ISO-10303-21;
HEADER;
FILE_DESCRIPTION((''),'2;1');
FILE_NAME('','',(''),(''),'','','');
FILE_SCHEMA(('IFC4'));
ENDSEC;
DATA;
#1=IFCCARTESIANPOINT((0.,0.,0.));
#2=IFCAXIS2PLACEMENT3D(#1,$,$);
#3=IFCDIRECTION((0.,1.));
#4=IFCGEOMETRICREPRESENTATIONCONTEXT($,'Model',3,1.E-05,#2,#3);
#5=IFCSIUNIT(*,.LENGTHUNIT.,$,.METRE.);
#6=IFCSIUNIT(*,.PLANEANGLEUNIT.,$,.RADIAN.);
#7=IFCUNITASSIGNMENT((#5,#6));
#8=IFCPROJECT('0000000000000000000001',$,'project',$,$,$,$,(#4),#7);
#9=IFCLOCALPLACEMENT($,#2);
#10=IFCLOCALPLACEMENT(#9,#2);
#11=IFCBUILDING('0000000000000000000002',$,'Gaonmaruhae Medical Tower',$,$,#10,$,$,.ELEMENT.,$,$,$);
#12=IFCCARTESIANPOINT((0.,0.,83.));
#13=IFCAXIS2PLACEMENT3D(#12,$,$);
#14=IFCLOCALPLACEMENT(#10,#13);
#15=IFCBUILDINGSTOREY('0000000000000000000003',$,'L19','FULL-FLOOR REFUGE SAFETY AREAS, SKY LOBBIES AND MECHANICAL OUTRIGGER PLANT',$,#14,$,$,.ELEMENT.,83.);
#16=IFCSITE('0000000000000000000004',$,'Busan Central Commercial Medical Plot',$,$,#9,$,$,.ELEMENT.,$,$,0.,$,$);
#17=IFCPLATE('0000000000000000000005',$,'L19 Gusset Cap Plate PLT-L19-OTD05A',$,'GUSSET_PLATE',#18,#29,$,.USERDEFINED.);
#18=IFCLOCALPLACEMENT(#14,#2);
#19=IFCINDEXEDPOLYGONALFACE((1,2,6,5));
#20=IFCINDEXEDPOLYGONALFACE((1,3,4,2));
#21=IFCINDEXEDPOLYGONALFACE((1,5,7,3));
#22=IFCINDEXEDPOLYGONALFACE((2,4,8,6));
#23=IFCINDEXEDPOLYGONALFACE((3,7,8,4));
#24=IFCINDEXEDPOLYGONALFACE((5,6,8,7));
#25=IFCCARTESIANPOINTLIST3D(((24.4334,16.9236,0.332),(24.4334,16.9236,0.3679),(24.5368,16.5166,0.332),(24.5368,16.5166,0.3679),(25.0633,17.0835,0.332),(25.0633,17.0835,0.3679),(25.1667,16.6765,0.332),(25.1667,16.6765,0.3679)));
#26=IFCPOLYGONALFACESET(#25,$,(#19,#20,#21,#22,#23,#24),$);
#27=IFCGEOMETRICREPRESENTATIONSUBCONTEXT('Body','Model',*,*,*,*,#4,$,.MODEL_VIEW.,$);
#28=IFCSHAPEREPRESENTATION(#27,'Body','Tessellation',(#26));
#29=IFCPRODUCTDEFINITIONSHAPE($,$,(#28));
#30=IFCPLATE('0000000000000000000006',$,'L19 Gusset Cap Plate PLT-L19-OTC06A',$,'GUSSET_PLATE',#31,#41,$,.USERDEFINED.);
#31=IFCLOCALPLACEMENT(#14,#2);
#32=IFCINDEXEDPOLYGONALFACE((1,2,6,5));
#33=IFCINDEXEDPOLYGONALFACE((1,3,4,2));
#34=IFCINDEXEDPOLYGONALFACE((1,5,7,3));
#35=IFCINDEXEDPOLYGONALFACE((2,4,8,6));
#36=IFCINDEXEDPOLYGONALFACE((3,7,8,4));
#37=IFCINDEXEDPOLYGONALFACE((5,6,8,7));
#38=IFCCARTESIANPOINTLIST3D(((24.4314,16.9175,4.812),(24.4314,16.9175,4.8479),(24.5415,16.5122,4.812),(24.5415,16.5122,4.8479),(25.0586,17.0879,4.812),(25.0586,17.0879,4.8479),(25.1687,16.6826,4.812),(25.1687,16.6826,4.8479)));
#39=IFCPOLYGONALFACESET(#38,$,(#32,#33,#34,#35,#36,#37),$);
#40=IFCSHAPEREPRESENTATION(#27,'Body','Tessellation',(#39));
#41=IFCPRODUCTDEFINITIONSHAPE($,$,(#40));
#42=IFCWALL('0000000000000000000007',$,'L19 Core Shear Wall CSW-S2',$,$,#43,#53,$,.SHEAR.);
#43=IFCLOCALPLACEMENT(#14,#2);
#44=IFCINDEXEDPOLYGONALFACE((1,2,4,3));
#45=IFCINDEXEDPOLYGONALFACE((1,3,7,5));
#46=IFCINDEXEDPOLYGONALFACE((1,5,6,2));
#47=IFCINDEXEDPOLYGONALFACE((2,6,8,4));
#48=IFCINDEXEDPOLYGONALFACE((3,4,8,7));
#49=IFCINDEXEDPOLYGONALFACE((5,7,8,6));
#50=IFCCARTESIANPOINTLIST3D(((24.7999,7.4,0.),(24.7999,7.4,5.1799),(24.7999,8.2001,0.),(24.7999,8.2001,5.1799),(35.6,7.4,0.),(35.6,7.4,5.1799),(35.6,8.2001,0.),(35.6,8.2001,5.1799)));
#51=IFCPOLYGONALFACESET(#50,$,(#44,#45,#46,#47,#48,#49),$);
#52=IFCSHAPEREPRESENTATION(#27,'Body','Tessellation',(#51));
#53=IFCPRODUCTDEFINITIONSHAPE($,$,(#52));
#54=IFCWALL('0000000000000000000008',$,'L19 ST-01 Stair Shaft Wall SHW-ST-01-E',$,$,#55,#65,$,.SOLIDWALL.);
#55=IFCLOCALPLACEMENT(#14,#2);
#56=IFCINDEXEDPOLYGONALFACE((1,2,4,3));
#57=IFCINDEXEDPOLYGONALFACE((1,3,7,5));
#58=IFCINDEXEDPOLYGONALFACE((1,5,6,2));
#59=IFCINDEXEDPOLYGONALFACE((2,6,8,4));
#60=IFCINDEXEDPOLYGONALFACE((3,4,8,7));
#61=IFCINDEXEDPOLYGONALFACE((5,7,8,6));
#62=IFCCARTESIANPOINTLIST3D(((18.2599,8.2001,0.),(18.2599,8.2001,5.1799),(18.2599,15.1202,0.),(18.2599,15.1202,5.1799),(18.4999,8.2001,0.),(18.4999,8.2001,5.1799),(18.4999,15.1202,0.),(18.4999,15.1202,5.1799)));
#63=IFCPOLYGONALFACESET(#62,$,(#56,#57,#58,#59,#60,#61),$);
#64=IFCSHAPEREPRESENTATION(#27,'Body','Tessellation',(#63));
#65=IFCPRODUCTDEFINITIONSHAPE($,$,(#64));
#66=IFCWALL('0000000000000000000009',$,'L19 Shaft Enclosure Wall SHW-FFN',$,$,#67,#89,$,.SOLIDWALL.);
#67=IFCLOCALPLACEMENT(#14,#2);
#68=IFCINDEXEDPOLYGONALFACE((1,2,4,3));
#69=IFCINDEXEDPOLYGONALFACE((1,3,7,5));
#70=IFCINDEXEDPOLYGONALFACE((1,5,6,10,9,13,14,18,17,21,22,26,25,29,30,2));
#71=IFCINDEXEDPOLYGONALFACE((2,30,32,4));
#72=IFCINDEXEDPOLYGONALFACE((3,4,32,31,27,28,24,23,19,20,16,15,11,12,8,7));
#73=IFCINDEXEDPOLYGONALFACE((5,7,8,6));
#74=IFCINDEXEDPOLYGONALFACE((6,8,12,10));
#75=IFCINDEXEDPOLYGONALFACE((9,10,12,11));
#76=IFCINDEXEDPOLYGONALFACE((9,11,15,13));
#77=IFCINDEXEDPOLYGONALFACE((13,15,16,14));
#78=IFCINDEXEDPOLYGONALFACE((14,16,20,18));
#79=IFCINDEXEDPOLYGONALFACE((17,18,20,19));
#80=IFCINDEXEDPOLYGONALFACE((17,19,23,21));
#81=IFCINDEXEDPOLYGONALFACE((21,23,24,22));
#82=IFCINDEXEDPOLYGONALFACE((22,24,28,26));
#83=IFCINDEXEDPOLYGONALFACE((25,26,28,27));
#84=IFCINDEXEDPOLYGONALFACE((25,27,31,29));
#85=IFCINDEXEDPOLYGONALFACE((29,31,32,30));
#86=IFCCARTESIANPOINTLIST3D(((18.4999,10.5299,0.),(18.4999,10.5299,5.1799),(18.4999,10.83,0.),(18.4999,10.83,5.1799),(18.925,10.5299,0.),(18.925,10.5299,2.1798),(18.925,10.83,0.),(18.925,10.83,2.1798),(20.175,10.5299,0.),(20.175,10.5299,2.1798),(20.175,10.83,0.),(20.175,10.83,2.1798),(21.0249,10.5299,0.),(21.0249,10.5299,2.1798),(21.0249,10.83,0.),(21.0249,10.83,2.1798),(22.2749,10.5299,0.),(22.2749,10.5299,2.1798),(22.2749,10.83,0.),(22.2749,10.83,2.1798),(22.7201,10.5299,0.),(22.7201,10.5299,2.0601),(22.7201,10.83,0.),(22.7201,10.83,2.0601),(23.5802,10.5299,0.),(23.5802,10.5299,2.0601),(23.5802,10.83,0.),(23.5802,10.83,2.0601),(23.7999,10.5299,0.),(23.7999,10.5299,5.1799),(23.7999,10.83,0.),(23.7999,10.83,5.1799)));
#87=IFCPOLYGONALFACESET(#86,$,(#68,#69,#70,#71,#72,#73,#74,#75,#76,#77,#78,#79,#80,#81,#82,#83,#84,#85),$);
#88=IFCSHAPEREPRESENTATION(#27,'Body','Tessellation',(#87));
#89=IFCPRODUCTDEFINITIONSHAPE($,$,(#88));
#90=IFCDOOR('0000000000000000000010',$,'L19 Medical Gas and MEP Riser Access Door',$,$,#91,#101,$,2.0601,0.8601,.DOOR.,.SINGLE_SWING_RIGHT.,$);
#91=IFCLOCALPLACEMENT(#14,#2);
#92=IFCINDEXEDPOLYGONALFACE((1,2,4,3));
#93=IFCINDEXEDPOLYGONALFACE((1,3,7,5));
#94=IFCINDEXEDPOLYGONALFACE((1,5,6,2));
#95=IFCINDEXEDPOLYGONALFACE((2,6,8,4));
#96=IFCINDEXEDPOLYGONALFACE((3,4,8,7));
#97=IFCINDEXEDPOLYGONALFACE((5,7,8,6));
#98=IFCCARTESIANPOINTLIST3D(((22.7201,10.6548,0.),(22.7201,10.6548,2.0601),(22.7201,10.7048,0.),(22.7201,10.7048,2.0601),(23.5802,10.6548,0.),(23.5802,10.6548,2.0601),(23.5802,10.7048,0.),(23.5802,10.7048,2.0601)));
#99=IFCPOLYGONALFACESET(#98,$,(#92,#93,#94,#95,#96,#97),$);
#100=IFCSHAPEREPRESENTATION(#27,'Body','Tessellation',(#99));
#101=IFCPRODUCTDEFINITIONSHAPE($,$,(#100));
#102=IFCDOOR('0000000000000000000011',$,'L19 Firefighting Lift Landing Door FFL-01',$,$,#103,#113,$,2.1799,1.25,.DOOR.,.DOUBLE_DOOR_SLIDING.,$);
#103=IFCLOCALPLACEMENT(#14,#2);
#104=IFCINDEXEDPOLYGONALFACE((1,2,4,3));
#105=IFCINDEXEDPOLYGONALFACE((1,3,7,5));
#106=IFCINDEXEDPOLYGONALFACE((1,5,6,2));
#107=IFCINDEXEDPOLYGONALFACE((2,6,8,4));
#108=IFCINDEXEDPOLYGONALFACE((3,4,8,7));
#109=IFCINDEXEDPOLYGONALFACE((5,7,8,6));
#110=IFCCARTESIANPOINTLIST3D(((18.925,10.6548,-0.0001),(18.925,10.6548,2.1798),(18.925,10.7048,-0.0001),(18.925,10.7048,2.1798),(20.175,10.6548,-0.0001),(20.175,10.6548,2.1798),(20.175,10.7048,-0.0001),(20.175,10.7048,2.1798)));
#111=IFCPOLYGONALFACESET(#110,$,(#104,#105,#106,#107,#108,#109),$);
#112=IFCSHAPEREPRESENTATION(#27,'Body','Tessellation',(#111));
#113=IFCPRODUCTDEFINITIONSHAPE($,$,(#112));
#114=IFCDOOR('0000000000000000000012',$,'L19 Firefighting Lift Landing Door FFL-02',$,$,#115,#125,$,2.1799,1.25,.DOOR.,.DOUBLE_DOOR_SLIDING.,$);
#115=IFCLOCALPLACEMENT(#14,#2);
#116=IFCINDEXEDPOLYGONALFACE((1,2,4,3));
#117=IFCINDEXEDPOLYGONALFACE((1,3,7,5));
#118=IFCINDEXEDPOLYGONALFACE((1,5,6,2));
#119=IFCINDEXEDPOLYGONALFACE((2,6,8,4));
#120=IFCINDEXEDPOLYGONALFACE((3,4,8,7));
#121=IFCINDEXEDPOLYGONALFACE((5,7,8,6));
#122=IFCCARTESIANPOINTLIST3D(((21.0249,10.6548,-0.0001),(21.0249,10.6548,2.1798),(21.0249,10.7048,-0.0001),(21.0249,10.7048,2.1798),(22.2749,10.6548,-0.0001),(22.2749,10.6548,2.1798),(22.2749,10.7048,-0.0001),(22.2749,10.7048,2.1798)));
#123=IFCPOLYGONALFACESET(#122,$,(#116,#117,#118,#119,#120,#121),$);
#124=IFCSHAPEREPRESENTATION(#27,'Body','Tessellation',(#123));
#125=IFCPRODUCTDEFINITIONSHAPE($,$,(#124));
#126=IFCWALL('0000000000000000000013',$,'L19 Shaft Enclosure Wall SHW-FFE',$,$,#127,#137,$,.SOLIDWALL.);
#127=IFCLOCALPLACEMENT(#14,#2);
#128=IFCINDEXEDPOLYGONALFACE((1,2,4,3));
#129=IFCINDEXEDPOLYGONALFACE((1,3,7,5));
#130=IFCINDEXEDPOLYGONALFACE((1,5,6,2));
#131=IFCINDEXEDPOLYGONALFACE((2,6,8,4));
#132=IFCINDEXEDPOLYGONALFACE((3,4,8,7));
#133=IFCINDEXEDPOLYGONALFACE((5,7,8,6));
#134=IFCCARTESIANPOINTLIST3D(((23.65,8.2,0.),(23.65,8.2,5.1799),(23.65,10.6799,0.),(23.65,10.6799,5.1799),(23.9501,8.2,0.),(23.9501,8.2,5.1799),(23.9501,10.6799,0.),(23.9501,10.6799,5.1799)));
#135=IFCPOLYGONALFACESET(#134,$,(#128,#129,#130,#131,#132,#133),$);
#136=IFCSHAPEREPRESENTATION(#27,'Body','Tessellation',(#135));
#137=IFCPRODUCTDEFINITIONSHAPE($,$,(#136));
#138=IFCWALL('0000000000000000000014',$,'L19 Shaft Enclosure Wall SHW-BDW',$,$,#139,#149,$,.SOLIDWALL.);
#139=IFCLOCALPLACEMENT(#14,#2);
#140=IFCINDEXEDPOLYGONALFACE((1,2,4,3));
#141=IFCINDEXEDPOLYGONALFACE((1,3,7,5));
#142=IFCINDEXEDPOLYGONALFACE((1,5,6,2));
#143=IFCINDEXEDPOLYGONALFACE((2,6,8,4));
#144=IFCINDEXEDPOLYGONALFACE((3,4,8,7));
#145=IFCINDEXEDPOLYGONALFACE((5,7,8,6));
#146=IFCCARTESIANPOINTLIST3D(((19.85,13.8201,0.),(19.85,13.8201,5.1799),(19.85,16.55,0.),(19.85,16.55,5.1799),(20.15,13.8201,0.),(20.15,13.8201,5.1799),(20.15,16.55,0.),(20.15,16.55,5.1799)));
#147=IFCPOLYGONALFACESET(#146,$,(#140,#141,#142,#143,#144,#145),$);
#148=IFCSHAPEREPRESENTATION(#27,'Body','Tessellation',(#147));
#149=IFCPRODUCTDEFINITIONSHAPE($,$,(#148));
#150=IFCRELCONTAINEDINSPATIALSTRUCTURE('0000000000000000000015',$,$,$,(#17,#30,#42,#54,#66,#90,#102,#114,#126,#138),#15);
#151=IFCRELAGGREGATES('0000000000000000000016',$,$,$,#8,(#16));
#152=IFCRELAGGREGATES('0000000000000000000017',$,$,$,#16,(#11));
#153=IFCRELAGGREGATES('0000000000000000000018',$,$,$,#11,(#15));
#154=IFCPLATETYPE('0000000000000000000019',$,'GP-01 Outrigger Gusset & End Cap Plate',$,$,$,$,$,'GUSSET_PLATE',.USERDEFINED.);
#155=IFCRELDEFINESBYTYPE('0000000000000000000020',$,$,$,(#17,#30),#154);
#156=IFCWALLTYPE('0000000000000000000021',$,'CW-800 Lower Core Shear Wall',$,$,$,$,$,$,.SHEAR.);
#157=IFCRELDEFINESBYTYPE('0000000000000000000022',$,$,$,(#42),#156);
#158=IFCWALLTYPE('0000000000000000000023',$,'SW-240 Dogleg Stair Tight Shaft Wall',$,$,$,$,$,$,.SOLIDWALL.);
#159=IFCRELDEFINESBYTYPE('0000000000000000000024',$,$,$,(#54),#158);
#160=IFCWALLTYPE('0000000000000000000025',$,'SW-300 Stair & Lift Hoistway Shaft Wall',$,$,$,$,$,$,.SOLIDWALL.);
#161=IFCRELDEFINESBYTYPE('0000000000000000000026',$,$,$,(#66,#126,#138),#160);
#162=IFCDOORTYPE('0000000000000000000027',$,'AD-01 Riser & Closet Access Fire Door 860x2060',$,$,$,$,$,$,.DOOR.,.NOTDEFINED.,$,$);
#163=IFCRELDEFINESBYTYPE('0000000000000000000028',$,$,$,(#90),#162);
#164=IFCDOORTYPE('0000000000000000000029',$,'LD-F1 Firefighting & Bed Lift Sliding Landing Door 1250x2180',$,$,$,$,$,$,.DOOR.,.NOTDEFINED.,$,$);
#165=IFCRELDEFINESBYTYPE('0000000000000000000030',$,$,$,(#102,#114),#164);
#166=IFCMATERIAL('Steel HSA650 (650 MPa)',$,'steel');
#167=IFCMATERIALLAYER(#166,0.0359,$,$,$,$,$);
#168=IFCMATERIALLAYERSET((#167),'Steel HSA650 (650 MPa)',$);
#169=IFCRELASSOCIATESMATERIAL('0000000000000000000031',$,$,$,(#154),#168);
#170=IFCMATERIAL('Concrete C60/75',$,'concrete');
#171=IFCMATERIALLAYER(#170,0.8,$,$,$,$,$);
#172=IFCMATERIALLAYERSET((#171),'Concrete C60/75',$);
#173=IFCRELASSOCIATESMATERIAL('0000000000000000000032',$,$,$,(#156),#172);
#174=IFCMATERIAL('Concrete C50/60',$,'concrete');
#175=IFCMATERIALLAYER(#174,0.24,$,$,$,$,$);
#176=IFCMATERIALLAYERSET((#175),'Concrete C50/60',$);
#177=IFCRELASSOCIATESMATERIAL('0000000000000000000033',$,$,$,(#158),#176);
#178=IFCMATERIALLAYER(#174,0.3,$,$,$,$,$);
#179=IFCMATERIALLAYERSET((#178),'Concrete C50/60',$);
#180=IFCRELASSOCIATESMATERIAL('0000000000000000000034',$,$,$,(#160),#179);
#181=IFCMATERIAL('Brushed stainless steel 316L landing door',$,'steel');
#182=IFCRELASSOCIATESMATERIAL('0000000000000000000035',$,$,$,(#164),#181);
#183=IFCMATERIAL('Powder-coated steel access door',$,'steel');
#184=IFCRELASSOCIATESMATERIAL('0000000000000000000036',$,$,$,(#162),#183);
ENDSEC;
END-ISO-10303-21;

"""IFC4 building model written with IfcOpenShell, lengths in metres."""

from ifc_helpers import new_model, si_unit, direction, frame, frame_2d, origin, origin_2d, place, context, subcontext, project, spatial, rectangle, extrude, material, layer, layer_set, type_object, element, fill, save


model = new_model("IFC4")

# Units and contexts
model_context = context("Model", 3, precision=1e-05, world=origin(), true_north=direction((0.0, 1.0)))
body_context = subcontext(model_context, "Body", "Model", "MODEL_VIEW")
ifc_project = project(units=[si_unit("LENGTHUNIT", "METRE"), si_unit("PLANEANGLEUNIT", "RADIAN")], contexts=[model_context])

# Site, building, storey
site_placement = place(None, origin())
site = spatial("IfcSite", under=ifc_project, at=site_placement, Name="Busan Central Commercial Medical Plot", CompositionType="ELEMENT", RefElevation=0.0)
building_placement = place(site_placement, origin())
building = spatial("IfcBuilding", under=site, at=building_placement, Name="Gaonmaruhae Medical Tower", CompositionType="ELEMENT")
storey_placement = place(building_placement, frame((0.0, 0.0, 83.0)))
storey = spatial("IfcBuildingStorey", under=building, at=storey_placement, Name="L19", Description="FULL-FLOOR REFUGE SAFETY AREAS, SKY LOBBIES AND MECHANICAL OUTRIGGER PLANT", CompositionType="ELEMENT", Elevation=83.0)

# Shared definitions
ifc_material_1 = material(Name="Concrete C60/75", Category="concrete")

# Shared definitions
ifc_material_2 = material(Name="Steel HSA650 (650 MPa)", Category="steel")

# Plates
ifc_layer_1 = layer(ifc_material_2, 0.0359)
ifc_layer_set_1 = layer_set([ifc_layer_1], Name="Steel HSA650 (650 MPa)")
plate_type = type_object("IfcPlateType", Name="GP-01 Outrigger Gusset & End Cap Plate", ElementType="GUSSET_PLATE", PredefinedType="USERDEFINED", material=ifc_layer_set_1)
for number, where, z_axis, x_axis, name in (
    (1, (24.8, 16.8, 0.332), (0.0, 0.0, 1.0), (0.969231, 0.246153, 0.0), "L19 Gusset Cap Plate PLT-L19-OTD05A"),
    (2, (24.8, 16.8, 4.812), (0.0, 0.0, 1.0), (0.965016, 0.262189, 0.0), "L19 Gusset Cap Plate PLT-L19-OTC06A"),
):
    element("IfcPlate", number, at=place(storey_placement, frame(where, z_axis=z_axis, x_axis=x_axis)), inside=storey, type_object=plate_type, Name=name, ObjectType="GUSSET_PLATE", PredefinedType="USERDEFINED", context=body_context, shape_type="SweptSolid", body=[
        extrude(rectangle(XDim=0.6499, YDim=0.4199, at=origin_2d()), origin(), (0.0, 0.0, 1.0), 0.0359),
    ])

# Walls
ifc_layer_2 = layer(ifc_material_1, 0.8)
ifc_layer_set_2 = layer_set([ifc_layer_2], Name="Concrete C60/75")
wall_type_1 = type_object("IfcWallType", Name="CW-800 Lower Core Shear Wall", PredefinedType="SHEAR", material=ifc_layer_set_2)
wall_1_placement = place(storey_placement, frame((24.8, 7.8, 0.0), z_axis=(0.0, 0.0, 1.0), x_axis=(1.0, 0.0, 0.0)))
element("IfcWall", 3, at=wall_1_placement, inside=storey, type_object=wall_type_1, Name="L19 Core Shear Wall CSW-S2", PredefinedType="SHEAR", context=body_context, shape_type="SweptSolid", body=[
    extrude(rectangle(XDim=10.8, YDim=0.8, at=frame_2d((5.3999, 0.0))), origin(), (0.0, 0.0, 1.0), 5.1799),
])
ifc_material_3 = material(Name="Concrete C50/60", Category="concrete")
ifc_layer_3 = layer(ifc_material_3, 0.24)
ifc_layer_set_3 = layer_set([ifc_layer_3], Name="Concrete C50/60")
wall_type_2 = type_object("IfcWallType", Name="SW-240 Dogleg Stair Tight Shaft Wall", PredefinedType="SOLIDWALL", material=ifc_layer_set_3)
wall_2_placement = place(storey_placement, frame((18.3799, 15.1201, 0.0), z_axis=(0.0, 0.0, 1.0), x_axis=(0.0, -1.0, 0.0)))
element("IfcWall", 4, at=wall_2_placement, inside=storey, type_object=wall_type_2, Name="L19 ST-01 Stair Shaft Wall SHW-ST-01-E", PredefinedType="SOLIDWALL", context=body_context, shape_type="SweptSolid", body=[
    extrude(rectangle(XDim=6.9202, YDim=0.24, at=frame_2d((3.46, 0.0))), origin(), (0.0, 0.0, 1.0), 5.1799),
])

# Wall, openings, doors
ifc_layer_4 = layer(ifc_material_3, 0.3)
ifc_layer_set_4 = layer_set([ifc_layer_4], Name="Concrete C50/60")
wall_type_3 = type_object("IfcWallType", Name="SW-300 Stair & Lift Hoistway Shaft Wall", PredefinedType="SOLIDWALL", material=ifc_layer_set_4)
ifc_material_4 = material(Name="Brushed stainless steel 316L landing door", Category="steel")
door_type_1 = type_object("IfcDoorType", Name="LD-F1 Firefighting & Bed Lift Sliding Landing Door 1250x2180", OperationType="NOTDEFINED", PredefinedType="DOOR", material=ifc_material_4)
wall_3_placement = place(storey_placement, frame((18.5, 10.6799, 0.0), z_axis=(0.0, 0.0, 1.0), x_axis=(1.0, 0.0, 0.0)))
wall_3 = element("IfcWall", 5, at=wall_3_placement, inside=storey, type_object=wall_type_3, Name="L19 Shaft Enclosure Wall SHW-FFN", PredefinedType="SOLIDWALL", context=body_context, shape_type="SweptSolid", body=[
    extrude(rectangle(XDim=5.3, YDim=0.3, at=frame_2d((2.6499, 0.0))), origin(), (0.0, 0.0, 1.0), 5.1799),
])
opening_1_placement = place(wall_3_placement, frame((4.22, 0.0, 0.0)))
opening_1 = element("IfcOpeningElement", 6, at=opening_1_placement, cuts=wall_3, PredefinedType="OPENING", context=body_context, shape_type="SweptSolid", body=[
    extrude(rectangle(XDim=0.8601, YDim=2.0601, at=frame_2d((0.4302, 1.03))), frame((0.0, 0.1602, 0.0), z_axis=(0.0, -1.0, 0.0), x_axis=(1.0, 0.0, 0.0)), (0.0, 0.0, 1.0), 0.3201),
])
opening_2_placement = place(wall_3_placement, frame((0.425, 0.0, 0.0)))
opening_2 = element("IfcOpeningElement", 7, at=opening_2_placement, cuts=wall_3, PredefinedType="OPENING", context=body_context, shape_type="SweptSolid", body=[
    extrude(rectangle(XDim=1.25, YDim=2.1799, at=frame_2d((0.625, 1.0898))), frame((0.0, 0.1602, 0.0), z_axis=(0.0, -1.0, 0.0), x_axis=(1.0, 0.0, 0.0)), (0.0, 0.0, 1.0), 0.3201),
])
opening_3_placement = place(wall_3_placement, frame((2.5249, 0.0, 0.0)))
opening_3 = element("IfcOpeningElement", 8, at=opening_3_placement, cuts=wall_3, PredefinedType="OPENING", context=body_context, shape_type="SweptSolid", body=[
    extrude(rectangle(XDim=1.25, YDim=2.1799, at=frame_2d((0.625, 1.0898))), frame((0.0, 0.1602, 0.0), z_axis=(0.0, -1.0, 0.0), x_axis=(1.0, 0.0, 0.0)), (0.0, 0.0, 1.0), 0.3201),
])
ifc_material_5 = material(Name="Powder-coated steel access door", Category="steel")
door_type_2 = type_object("IfcDoorType", Name="AD-01 Riser & Closet Access Fire Door 860x2060", OperationType="NOTDEFINED", PredefinedType="DOOR", material=ifc_material_5)
door_1_placement = place(opening_1_placement, origin())
door_1 = element("IfcDoor", 9, at=door_1_placement, inside=storey, type_object=door_type_2, Name="L19 Medical Gas and MEP Riser Access Door", OperationType="SINGLE_SWING_RIGHT", OverallHeight=2.0601, OverallWidth=0.8601, PredefinedType="DOOR", context=body_context, shape_type="SweptSolid", body=[
    extrude(rectangle(XDim=0.8601, YDim=2.0601, at=frame_2d((0.4302, 1.03))), frame((0.0, 0.0249, 0.0), z_axis=(0.0, -1.0, 0.0), x_axis=(1.0, 0.0, 0.0)), (0.0, 0.0, 1.0), 0.05),
])
fill(opening_1, door_1)
door_2_placement = place(opening_2_placement, origin())
door_2 = element("IfcDoor", 10, at=door_2_placement, inside=storey, type_object=door_type_1, Name="L19 Firefighting Lift Landing Door FFL-01", OperationType="DOUBLE_DOOR_SLIDING", OverallHeight=2.1799, OverallWidth=1.25, PredefinedType="DOOR", context=body_context, shape_type="SweptSolid", body=[
    extrude(rectangle(XDim=1.25, YDim=2.1799, at=frame_2d((0.625, 1.0898))), frame((0.0, 0.0249, 0.0), z_axis=(0.0, -1.0, 0.0), x_axis=(1.0, 0.0, 0.0)), (0.0, 0.0, 1.0), 0.05),
])
fill(opening_2, door_2)
door_3_placement = place(opening_3_placement, origin())
door_3 = element("IfcDoor", 11, at=door_3_placement, inside=storey, type_object=door_type_1, Name="L19 Firefighting Lift Landing Door FFL-02", OperationType="DOUBLE_DOOR_SLIDING", OverallHeight=2.1799, OverallWidth=1.25, PredefinedType="DOOR", context=body_context, shape_type="SweptSolid", body=[
    extrude(rectangle(XDim=1.25, YDim=2.1799, at=frame_2d((0.625, 1.0898))), frame((0.0, 0.0249, 0.0), z_axis=(0.0, -1.0, 0.0), x_axis=(1.0, 0.0, 0.0)), (0.0, 0.0, 1.0), 0.05),
])
fill(opening_3, door_3)

# Walls
wall_4_placement = place(storey_placement, frame((23.8, 8.2, 0.0), z_axis=(0.0, 0.0, 1.0), x_axis=(0.0, 1.0, 0.0)))
element("IfcWall", 12, at=wall_4_placement, inside=storey, type_object=wall_type_3, Name="L19 Shaft Enclosure Wall SHW-FFE", PredefinedType="SOLIDWALL", context=body_context, shape_type="SweptSolid", body=[
    extrude(rectangle(XDim=2.48, YDim=0.3, at=frame_2d((1.24, 0.0))), origin(), (0.0, 0.0, 1.0), 5.1799),
])
wall_5_placement = place(storey_placement, frame((20.0, 13.8201, 0.0), z_axis=(0.0, 0.0, 1.0), x_axis=(0.0, 1.0, 0.0)))
element("IfcWall", 13, at=wall_5_placement, inside=storey, type_object=wall_type_3, Name="L19 Shaft Enclosure Wall SHW-BDW", PredefinedType="SOLIDWALL", context=body_context, shape_type="SweptSolid", body=[
    extrude(rectangle(XDim=2.73, YDim=0.3, at=frame_2d((1.365, 0.0))), origin(), (0.0, 0.0, 1.0), 5.1799),
])

save(model, "model.ifc")
